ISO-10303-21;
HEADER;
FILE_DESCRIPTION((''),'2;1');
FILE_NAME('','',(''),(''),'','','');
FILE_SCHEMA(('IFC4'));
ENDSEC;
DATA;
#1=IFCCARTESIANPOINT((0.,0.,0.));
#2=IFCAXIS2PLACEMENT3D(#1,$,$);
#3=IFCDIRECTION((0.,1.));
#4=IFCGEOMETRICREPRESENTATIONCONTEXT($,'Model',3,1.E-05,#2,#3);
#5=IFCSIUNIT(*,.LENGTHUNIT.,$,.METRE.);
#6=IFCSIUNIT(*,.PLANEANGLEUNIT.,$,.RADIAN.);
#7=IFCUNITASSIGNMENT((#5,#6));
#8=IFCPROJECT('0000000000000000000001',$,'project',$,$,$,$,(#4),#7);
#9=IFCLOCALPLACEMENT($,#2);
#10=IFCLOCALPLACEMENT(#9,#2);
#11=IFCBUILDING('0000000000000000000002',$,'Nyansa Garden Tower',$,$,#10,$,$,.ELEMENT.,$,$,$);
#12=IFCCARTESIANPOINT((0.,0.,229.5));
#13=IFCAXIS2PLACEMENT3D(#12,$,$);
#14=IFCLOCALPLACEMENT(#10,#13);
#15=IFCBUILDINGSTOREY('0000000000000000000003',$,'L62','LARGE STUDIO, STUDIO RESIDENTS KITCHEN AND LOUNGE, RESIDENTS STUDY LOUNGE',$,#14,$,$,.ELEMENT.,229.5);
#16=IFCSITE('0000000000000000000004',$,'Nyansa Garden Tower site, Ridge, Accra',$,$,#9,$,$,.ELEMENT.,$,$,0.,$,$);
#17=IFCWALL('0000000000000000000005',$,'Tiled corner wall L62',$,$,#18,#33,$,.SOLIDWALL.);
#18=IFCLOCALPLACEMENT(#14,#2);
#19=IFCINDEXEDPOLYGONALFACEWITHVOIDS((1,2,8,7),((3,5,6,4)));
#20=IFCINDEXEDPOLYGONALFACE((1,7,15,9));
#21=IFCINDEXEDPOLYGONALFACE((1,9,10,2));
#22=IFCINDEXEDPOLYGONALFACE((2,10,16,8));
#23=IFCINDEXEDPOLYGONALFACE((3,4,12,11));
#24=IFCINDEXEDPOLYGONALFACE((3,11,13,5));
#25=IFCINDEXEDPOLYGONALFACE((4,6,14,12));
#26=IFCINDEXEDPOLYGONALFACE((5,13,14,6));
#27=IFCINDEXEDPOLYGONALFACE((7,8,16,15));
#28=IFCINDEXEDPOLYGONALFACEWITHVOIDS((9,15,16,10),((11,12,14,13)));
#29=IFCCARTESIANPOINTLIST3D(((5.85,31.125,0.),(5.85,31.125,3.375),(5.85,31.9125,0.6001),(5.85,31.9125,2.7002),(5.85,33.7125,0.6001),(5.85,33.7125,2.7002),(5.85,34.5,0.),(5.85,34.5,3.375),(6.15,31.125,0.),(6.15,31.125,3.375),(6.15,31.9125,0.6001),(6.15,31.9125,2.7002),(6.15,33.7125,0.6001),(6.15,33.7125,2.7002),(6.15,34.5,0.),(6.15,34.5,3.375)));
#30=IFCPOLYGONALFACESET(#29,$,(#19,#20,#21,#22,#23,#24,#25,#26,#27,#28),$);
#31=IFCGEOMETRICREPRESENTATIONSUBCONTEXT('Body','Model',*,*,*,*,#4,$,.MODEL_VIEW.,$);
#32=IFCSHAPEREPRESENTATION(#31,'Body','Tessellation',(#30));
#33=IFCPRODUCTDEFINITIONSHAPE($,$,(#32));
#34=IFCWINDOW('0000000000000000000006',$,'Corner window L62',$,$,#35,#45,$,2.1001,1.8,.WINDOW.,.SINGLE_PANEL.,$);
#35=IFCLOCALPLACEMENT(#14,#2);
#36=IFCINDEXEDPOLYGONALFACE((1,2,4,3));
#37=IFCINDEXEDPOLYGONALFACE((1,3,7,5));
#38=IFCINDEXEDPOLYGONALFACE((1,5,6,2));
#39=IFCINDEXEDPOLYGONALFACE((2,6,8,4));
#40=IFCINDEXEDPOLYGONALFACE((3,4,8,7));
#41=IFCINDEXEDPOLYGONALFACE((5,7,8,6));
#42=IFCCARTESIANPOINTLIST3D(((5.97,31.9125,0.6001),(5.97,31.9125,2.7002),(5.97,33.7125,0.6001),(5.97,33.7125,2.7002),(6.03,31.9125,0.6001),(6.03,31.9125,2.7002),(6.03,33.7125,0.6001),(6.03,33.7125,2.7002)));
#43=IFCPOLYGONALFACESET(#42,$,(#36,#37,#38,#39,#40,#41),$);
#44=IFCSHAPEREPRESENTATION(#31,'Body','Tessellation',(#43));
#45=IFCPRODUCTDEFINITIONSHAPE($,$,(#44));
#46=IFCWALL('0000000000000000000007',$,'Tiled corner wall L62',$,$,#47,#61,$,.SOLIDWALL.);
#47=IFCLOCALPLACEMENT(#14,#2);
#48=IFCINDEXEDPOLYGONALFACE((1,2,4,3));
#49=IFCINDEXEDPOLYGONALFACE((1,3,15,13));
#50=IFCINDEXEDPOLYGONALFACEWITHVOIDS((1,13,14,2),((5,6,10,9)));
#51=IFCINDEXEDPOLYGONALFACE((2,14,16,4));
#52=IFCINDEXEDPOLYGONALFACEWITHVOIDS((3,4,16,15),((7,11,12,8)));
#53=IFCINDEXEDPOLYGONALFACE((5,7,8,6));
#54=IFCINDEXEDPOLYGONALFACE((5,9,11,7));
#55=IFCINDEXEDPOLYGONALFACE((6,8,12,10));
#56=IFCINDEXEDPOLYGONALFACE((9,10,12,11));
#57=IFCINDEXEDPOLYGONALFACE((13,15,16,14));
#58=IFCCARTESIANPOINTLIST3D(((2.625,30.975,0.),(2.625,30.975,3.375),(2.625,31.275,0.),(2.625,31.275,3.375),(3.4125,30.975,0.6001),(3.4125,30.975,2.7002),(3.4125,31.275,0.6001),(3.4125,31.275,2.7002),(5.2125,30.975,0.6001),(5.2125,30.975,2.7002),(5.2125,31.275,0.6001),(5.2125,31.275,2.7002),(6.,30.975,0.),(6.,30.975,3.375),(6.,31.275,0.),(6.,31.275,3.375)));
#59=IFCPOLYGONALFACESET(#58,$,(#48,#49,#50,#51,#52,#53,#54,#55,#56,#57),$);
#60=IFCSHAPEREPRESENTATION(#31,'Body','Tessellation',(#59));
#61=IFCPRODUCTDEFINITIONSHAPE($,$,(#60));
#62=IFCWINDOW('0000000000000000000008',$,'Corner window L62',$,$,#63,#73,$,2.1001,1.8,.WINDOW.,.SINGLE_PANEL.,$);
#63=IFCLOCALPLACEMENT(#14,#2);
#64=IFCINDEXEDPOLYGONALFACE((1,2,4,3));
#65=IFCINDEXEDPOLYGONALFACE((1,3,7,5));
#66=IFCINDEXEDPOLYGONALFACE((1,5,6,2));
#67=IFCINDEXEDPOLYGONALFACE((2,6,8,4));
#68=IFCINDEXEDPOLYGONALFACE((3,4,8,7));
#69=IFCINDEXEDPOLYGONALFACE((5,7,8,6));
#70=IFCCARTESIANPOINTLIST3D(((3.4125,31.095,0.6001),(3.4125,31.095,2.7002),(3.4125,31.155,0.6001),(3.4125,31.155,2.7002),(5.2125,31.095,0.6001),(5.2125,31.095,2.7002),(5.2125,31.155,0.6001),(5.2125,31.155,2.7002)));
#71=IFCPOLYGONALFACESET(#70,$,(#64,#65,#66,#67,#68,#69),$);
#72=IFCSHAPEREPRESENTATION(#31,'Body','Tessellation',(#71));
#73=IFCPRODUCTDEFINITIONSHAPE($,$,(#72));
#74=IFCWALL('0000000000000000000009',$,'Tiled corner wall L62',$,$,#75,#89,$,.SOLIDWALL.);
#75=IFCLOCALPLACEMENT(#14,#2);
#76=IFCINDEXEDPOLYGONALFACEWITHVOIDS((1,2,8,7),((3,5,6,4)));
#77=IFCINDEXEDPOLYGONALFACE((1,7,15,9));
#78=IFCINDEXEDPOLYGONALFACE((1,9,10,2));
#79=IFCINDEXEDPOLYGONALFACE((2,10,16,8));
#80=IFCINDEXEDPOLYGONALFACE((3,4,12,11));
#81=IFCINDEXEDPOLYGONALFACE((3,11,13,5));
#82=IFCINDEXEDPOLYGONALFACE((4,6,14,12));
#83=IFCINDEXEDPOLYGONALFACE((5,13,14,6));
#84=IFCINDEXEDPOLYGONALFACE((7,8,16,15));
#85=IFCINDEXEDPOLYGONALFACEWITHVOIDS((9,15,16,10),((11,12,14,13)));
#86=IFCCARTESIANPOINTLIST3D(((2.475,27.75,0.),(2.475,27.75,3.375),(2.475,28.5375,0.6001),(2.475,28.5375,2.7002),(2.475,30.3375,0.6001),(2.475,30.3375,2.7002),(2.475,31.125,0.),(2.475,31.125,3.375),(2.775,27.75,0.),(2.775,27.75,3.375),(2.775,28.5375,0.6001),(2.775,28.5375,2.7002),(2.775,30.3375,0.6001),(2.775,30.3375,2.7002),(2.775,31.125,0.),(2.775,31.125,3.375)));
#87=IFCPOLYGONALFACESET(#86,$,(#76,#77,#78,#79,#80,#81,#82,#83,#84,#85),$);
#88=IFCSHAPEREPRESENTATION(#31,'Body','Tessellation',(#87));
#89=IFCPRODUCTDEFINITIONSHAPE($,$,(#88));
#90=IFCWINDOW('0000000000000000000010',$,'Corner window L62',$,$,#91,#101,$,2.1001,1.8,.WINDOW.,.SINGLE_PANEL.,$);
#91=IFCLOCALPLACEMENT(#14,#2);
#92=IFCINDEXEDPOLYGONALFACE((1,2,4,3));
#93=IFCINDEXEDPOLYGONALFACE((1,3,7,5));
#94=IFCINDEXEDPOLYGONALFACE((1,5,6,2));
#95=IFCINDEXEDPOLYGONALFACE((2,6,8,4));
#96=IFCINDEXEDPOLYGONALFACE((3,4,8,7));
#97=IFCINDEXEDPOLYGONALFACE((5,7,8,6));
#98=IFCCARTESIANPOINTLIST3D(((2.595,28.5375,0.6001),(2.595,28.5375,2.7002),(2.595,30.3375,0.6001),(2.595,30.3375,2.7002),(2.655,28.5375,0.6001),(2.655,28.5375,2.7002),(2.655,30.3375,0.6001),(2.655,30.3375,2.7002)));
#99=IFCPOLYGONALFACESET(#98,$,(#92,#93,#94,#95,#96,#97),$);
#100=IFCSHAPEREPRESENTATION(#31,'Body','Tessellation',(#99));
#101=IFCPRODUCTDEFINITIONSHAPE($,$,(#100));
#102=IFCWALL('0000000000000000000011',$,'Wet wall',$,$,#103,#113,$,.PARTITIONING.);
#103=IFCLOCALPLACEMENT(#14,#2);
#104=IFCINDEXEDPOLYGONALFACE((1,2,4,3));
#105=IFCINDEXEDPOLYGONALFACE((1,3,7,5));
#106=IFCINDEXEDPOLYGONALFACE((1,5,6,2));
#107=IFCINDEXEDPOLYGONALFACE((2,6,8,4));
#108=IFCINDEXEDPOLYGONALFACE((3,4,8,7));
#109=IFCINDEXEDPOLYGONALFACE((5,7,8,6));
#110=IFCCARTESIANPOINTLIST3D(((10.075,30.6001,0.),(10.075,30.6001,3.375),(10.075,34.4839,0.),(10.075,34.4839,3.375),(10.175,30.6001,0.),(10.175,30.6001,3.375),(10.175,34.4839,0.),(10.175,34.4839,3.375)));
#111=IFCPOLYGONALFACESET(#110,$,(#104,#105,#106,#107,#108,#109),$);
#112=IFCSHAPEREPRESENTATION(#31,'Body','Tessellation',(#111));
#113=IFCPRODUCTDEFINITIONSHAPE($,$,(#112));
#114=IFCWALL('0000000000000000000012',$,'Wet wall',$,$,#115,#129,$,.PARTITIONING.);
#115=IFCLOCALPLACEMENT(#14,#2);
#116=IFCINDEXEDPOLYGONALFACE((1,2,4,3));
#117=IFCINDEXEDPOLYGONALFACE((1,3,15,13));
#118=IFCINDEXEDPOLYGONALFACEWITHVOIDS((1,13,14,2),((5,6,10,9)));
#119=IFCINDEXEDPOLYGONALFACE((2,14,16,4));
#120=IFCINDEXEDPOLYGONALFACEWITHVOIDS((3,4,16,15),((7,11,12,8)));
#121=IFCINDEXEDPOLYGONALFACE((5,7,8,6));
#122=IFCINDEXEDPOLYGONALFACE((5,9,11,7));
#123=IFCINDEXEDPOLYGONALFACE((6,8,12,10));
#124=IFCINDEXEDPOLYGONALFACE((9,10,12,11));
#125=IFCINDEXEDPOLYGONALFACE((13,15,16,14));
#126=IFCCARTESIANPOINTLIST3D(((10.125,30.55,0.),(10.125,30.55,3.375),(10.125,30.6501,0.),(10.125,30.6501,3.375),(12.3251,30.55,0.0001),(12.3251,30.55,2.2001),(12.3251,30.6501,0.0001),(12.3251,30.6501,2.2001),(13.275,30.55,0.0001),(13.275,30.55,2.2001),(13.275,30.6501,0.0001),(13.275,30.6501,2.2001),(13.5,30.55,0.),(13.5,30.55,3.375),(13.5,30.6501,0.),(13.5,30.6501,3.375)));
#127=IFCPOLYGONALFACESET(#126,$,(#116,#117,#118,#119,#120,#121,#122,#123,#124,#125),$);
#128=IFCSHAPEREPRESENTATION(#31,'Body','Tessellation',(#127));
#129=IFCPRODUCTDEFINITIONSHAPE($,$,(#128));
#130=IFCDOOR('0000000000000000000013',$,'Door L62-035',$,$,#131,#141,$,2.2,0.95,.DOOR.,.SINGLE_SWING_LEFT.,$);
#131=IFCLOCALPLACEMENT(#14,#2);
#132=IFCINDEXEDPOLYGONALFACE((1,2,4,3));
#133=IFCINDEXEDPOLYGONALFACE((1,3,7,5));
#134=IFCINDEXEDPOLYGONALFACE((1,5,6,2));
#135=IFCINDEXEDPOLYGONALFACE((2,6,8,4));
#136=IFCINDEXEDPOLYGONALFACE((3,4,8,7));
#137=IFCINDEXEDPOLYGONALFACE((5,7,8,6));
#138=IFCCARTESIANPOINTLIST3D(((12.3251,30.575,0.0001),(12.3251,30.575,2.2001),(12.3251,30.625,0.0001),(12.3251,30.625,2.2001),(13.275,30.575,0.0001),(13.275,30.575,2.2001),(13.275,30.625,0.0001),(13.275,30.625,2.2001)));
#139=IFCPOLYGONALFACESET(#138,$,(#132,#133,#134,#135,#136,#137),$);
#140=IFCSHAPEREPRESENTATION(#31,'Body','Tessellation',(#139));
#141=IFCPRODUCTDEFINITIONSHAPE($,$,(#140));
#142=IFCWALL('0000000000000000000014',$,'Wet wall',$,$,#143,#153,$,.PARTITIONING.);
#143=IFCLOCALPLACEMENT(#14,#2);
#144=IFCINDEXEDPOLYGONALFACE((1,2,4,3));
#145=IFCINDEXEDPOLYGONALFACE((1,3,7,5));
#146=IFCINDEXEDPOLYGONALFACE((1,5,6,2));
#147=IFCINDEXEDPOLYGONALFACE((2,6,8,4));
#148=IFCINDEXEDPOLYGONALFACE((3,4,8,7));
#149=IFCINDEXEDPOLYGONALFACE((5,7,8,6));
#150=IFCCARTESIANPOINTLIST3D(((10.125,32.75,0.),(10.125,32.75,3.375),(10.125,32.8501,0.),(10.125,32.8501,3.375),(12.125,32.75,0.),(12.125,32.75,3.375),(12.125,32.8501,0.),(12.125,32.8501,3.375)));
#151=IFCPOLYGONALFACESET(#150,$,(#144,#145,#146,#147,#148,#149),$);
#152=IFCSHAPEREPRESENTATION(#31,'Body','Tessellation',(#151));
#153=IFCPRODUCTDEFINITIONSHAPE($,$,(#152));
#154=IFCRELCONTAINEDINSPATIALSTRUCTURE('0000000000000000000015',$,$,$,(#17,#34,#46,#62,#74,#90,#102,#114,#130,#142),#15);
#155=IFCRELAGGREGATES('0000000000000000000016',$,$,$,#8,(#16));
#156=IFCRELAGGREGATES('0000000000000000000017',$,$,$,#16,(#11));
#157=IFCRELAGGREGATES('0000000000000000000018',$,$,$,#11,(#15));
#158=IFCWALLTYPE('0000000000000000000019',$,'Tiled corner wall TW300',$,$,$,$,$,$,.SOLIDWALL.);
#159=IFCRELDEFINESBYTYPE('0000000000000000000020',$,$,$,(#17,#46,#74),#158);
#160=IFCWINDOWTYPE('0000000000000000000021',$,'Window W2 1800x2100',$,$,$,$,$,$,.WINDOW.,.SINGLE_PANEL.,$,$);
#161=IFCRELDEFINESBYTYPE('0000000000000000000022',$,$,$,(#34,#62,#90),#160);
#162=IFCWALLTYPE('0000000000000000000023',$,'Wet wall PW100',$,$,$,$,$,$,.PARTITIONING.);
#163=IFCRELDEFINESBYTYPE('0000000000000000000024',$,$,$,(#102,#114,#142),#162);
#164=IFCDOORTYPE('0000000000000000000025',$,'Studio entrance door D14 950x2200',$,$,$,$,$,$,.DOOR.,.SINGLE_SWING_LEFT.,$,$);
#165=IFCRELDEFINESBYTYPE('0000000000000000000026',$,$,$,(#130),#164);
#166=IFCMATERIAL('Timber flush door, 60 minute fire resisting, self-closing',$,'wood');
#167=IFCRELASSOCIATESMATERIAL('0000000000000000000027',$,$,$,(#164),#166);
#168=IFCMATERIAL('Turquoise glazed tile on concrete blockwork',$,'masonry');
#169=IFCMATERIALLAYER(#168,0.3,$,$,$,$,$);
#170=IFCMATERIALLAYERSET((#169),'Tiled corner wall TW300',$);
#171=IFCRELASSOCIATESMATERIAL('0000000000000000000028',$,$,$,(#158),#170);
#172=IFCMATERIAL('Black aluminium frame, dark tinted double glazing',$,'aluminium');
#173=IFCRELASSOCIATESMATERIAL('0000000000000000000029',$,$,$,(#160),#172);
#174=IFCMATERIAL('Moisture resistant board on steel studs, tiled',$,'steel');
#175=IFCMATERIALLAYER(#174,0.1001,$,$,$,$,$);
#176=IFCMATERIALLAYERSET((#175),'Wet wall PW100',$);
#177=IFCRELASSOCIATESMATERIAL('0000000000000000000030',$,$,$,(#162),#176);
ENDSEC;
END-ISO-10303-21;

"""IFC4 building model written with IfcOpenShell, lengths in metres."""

from ifc_helpers import new_model, si_unit, direction, frame, frame_2d, origin, place, context, subcontext, project, spatial, rectangle, extrude, material, layer, layer_set, type_object, element, fill, save


model = new_model("IFC4")

# Units and contexts
model_context = context("Model", 3, precision=1e-05, world=origin(), true_north=direction((0.0, 1.0)))
body_context = subcontext(model_context, "Body", "Model", "MODEL_VIEW")
ifc_project = project(units=[si_unit("LENGTHUNIT", "METRE"), si_unit("PLANEANGLEUNIT", "RADIAN")], contexts=[model_context])

# Site, building, storey
site_placement = place(None, origin())
site = spatial("IfcSite", under=ifc_project, at=site_placement, Name="Nyansa Garden Tower site, Ridge, Accra", CompositionType="ELEMENT", RefElevation=0.0)
building_placement = place(site_placement, origin())
building = spatial("IfcBuilding", under=site, at=building_placement, Name="Nyansa Garden Tower", CompositionType="ELEMENT")
storey_placement = place(building_placement, frame((0.0, 0.0, 229.5)))
storey = spatial("IfcBuildingStorey", under=building, at=storey_placement, Name="L62", Description="LARGE STUDIO, STUDIO RESIDENTS KITCHEN AND LOUNGE, RESIDENTS STUDY LOUNGE", CompositionType="ELEMENT", Elevation=229.5)

# Shared definitions
ifc_material_1 = material(Name="Timber flush door, 60 minute fire resisting, self-closing", Category="wood")
door_type_1 = type_object("IfcDoorType", Name="Studio entrance door D14 950x2200", OperationType="SINGLE_SWING_LEFT", PredefinedType="DOOR", material=ifc_material_1)

# Walls, openings, windows
ifc_material_2 = material(Name="Turquoise glazed tile on concrete blockwork", Category="masonry")
ifc_layer_1 = layer(ifc_material_2, 0.3)
ifc_layer_set_1 = layer_set([ifc_layer_1], Name="Tiled corner wall TW300")
wall_type_1 = type_object("IfcWallType", Name="Tiled corner wall TW300", PredefinedType="SOLIDWALL", material=ifc_layer_set_1)
wall_1_placement = place(storey_placement, frame((6.0, 34.5, 0.0), z_axis=(0.0, 0.0, 1.0), x_axis=(0.0, -1.0, 0.0)))
wall_1 = element("IfcWall", 1, at=wall_1_placement, inside=storey, type_object=wall_type_1, Name="Tiled corner wall L62", PredefinedType="SOLIDWALL", context=body_context, shape_type="SweptSolid", body=[
    extrude(rectangle(XDim=3.375, YDim=0.3, at=frame_2d((1.6875, 0.0))), origin(), (0.0, 0.0, 1.0), 3.375),
])
opening_1_placement = place(wall_1_placement, frame((0.7876, 0.0, 0.6001)))
opening_1 = element("IfcOpeningElement", 2, at=opening_1_placement, cuts=wall_1, PredefinedType="OPENING", context=body_context, shape_type="SweptSolid", body=[
    extrude(rectangle(XDim=1.8, YDim=2.1001, at=frame_2d((0.8999, 1.05))), frame((0.0, 0.1599, 0.0), z_axis=(0.0, -1.0, 0.0), x_axis=(1.0, 0.0, 0.0)), (0.0, 0.0, 1.0), 0.3201),
])
ifc_material_3 = material(Name="Black aluminium frame, dark tinted double glazing", Category="aluminium")
window_type = type_object("IfcWindowType", Name="Window W2 1800x2100", PartitioningType="SINGLE_PANEL", PredefinedType="WINDOW", material=ifc_material_3)
window_1_placement = place(opening_1_placement, origin())
window_1 = element("IfcWindow", 3, at=window_1_placement, inside=storey, type_object=window_type, Name="Corner window L62", OverallHeight=2.1001, OverallWidth=1.8, PartitioningType="SINGLE_PANEL", PredefinedType="WINDOW", context=body_context, shape_type="SweptSolid", body=[
    extrude(rectangle(XDim=1.8, YDim=2.1001, at=frame_2d((0.8999, 1.05))), frame((0.0, 0.03, 0.0), z_axis=(0.0, -1.0, 0.0), x_axis=(1.0, 0.0, 0.0)), (0.0, 0.0, 1.0), 0.0601),
])
fill(opening_1, window_1)
wall_2_placement = place(storey_placement, frame((6.0, 31.125, 0.0), z_axis=(0.0, 0.0, 1.0), x_axis=(-1.0, 0.0, 0.0)))
wall_2 = element("IfcWall", 4, at=wall_2_placement, inside=storey, type_object=wall_type_1, Name="Tiled corner wall L62", PredefinedType="SOLIDWALL", context=body_context, shape_type="SweptSolid", body=[
    extrude(rectangle(XDim=3.375, YDim=0.3, at=frame_2d((1.6875, 0.0))), origin(), (0.0, 0.0, 1.0), 3.375),
])
opening_2_placement = place(wall_2_placement, frame((0.7876, 0.0, 0.6001)))
opening_2 = element("IfcOpeningElement", 5, at=opening_2_placement, cuts=wall_2, PredefinedType="OPENING", context=body_context, shape_type="SweptSolid", body=[
    extrude(rectangle(XDim=1.8, YDim=2.1001, at=frame_2d((0.8999, 1.05))), frame((0.0, 0.1599, 0.0), z_axis=(0.0, -1.0, 0.0), x_axis=(1.0, 0.0, 0.0)), (0.0, 0.0, 1.0), 0.3201),
])
window_2_placement = place(opening_2_placement, origin())
window_2 = element("IfcWindow", 6, at=window_2_placement, inside=storey, type_object=window_type, Name="Corner window L62", OverallHeight=2.1001, OverallWidth=1.8, PartitioningType="SINGLE_PANEL", PredefinedType="WINDOW", context=body_context, shape_type="SweptSolid", body=[
    extrude(rectangle(XDim=1.8, YDim=2.1001, at=frame_2d((0.8999, 1.05))), frame((0.0, 0.03, 0.0), z_axis=(0.0, -1.0, 0.0), x_axis=(1.0, 0.0, 0.0)), (0.0, 0.0, 1.0), 0.0601),
])
fill(opening_2, window_2)
wall_3_placement = place(storey_placement, frame((2.625, 31.125, 0.0), z_axis=(0.0, 0.0, 1.0), x_axis=(0.0, -1.0, 0.0)))
wall_3 = element("IfcWall", 7, at=wall_3_placement, inside=storey, type_object=wall_type_1, Name="Tiled corner wall L62", PredefinedType="SOLIDWALL", context=body_context, shape_type="SweptSolid", body=[
    extrude(rectangle(XDim=3.375, YDim=0.3, at=frame_2d((1.6875, 0.0))), origin(), (0.0, 0.0, 1.0), 3.375),
])
opening_3_placement = place(wall_3_placement, frame((0.7876, 0.0, 0.6001)))
opening_3 = element("IfcOpeningElement", 8, at=opening_3_placement, cuts=wall_3, PredefinedType="OPENING", context=body_context, shape_type="SweptSolid", body=[
    extrude(rectangle(XDim=1.8, YDim=2.1001, at=frame_2d((0.8999, 1.05))), frame((0.0, 0.1599, 0.0), z_axis=(0.0, -1.0, 0.0), x_axis=(1.0, 0.0, 0.0)), (0.0, 0.0, 1.0), 0.3201),
])
window_3_placement = place(opening_3_placement, origin())
window_3 = element("IfcWindow", 9, at=window_3_placement, inside=storey, type_object=window_type, Name="Corner window L62", OverallHeight=2.1001, OverallWidth=1.8, PartitioningType="SINGLE_PANEL", PredefinedType="WINDOW", context=body_context, shape_type="SweptSolid", body=[
    extrude(rectangle(XDim=1.8, YDim=2.1001, at=frame_2d((0.8999, 1.05))), frame((0.0, 0.03, 0.0), z_axis=(0.0, -1.0, 0.0), x_axis=(1.0, 0.0, 0.0)), (0.0, 0.0, 1.0), 0.0601),
])
fill(opening_3, window_3)

# Wall
ifc_material_4 = material(Name="Moisture resistant board on steel studs, tiled", Category="steel")
ifc_layer_2 = layer(ifc_material_4, 0.1001)
ifc_layer_set_2 = layer_set([ifc_layer_2], Name="Wet wall PW100")
wall_type_2 = type_object("IfcWallType", Name="Wet wall PW100", PredefinedType="PARTITIONING", material=ifc_layer_set_2)
wall_4_placement = place(storey_placement, frame((10.125, 30.6001, 0.0), z_axis=(0.0, 0.0, 1.0), x_axis=(0.0, 1.0, 0.0)))
element("IfcWall", 10, at=wall_4_placement, inside=storey, type_object=wall_type_2, Name="Wet wall", PredefinedType="PARTITIONING", context=body_context, shape_type="SweptSolid", body=[
    extrude(rectangle(XDim=3.8838, YDim=0.1001, at=frame_2d((1.9419, 0.0))), origin(), (0.0, 0.0, 1.0), 3.375),
])

# Wall, opening, door
wall_5_placement = place(storey_placement, frame((10.125, 30.6001, 0.0), z_axis=(0.0, 0.0, 1.0), x_axis=(1.0, 0.0, 0.0)))
wall_5 = element("IfcWall", 11, at=wall_5_placement, inside=storey, type_object=wall_type_2, Name="Wet wall", PredefinedType="PARTITIONING", context=body_context, shape_type="SweptSolid", body=[
    extrude(rectangle(XDim=3.375, YDim=0.1001, at=frame_2d((1.6875, 0.0))), origin(), (0.0, 0.0, 1.0), 3.375),
])
opening_4_placement = place(wall_5_placement, frame((2.2, 0.0, 0.0)))
opening_4 = element("IfcOpeningElement", 12, at=opening_4_placement, cuts=wall_5, PredefinedType="OPENING", context=body_context, shape_type="SweptSolid", body=[
    extrude(rectangle(XDim=0.95, YDim=2.2, at=frame_2d((0.4751, 1.1001))), frame((0.0, 0.0601, 0.0), z_axis=(0.0, -1.0, 0.0), x_axis=(1.0, 0.0, 0.0)), (0.0, 0.0, 1.0), 0.1201),
])
door_1_placement = place(opening_4_placement, origin())
door_1 = element("IfcDoor", 13, at=door_1_placement, inside=storey, type_object=door_type_1, Name="Door L62-035", OperationType="SINGLE_SWING_LEFT", OverallHeight=2.2, OverallWidth=0.95, PredefinedType="DOOR", context=body_context, shape_type="SweptSolid", body=[
    extrude(rectangle(XDim=0.95, YDim=2.2, at=frame_2d((0.4751, 1.1001))), frame((0.0, 0.0249, 0.0), z_axis=(0.0, -1.0, 0.0), x_axis=(1.0, 0.0, 0.0)), (0.0, 0.0, 1.0), 0.05),
])
fill(opening_4, door_1)

# Wall
wall_6_placement = place(storey_placement, frame((10.125, 32.8, 0.0), z_axis=(0.0, 0.0, 1.0), x_axis=(1.0, 0.0, 0.0)))
element("IfcWall", 14, at=wall_6_placement, inside=storey, type_object=wall_type_2, Name="Wet wall", PredefinedType="PARTITIONING", context=body_context, shape_type="SweptSolid", body=[
    extrude(rectangle(XDim=2.0, YDim=0.1001, at=frame_2d((1.0, 0.0))), origin(), (0.0, 0.0, 1.0), 3.375),
])

save(model, "model.ifc")
